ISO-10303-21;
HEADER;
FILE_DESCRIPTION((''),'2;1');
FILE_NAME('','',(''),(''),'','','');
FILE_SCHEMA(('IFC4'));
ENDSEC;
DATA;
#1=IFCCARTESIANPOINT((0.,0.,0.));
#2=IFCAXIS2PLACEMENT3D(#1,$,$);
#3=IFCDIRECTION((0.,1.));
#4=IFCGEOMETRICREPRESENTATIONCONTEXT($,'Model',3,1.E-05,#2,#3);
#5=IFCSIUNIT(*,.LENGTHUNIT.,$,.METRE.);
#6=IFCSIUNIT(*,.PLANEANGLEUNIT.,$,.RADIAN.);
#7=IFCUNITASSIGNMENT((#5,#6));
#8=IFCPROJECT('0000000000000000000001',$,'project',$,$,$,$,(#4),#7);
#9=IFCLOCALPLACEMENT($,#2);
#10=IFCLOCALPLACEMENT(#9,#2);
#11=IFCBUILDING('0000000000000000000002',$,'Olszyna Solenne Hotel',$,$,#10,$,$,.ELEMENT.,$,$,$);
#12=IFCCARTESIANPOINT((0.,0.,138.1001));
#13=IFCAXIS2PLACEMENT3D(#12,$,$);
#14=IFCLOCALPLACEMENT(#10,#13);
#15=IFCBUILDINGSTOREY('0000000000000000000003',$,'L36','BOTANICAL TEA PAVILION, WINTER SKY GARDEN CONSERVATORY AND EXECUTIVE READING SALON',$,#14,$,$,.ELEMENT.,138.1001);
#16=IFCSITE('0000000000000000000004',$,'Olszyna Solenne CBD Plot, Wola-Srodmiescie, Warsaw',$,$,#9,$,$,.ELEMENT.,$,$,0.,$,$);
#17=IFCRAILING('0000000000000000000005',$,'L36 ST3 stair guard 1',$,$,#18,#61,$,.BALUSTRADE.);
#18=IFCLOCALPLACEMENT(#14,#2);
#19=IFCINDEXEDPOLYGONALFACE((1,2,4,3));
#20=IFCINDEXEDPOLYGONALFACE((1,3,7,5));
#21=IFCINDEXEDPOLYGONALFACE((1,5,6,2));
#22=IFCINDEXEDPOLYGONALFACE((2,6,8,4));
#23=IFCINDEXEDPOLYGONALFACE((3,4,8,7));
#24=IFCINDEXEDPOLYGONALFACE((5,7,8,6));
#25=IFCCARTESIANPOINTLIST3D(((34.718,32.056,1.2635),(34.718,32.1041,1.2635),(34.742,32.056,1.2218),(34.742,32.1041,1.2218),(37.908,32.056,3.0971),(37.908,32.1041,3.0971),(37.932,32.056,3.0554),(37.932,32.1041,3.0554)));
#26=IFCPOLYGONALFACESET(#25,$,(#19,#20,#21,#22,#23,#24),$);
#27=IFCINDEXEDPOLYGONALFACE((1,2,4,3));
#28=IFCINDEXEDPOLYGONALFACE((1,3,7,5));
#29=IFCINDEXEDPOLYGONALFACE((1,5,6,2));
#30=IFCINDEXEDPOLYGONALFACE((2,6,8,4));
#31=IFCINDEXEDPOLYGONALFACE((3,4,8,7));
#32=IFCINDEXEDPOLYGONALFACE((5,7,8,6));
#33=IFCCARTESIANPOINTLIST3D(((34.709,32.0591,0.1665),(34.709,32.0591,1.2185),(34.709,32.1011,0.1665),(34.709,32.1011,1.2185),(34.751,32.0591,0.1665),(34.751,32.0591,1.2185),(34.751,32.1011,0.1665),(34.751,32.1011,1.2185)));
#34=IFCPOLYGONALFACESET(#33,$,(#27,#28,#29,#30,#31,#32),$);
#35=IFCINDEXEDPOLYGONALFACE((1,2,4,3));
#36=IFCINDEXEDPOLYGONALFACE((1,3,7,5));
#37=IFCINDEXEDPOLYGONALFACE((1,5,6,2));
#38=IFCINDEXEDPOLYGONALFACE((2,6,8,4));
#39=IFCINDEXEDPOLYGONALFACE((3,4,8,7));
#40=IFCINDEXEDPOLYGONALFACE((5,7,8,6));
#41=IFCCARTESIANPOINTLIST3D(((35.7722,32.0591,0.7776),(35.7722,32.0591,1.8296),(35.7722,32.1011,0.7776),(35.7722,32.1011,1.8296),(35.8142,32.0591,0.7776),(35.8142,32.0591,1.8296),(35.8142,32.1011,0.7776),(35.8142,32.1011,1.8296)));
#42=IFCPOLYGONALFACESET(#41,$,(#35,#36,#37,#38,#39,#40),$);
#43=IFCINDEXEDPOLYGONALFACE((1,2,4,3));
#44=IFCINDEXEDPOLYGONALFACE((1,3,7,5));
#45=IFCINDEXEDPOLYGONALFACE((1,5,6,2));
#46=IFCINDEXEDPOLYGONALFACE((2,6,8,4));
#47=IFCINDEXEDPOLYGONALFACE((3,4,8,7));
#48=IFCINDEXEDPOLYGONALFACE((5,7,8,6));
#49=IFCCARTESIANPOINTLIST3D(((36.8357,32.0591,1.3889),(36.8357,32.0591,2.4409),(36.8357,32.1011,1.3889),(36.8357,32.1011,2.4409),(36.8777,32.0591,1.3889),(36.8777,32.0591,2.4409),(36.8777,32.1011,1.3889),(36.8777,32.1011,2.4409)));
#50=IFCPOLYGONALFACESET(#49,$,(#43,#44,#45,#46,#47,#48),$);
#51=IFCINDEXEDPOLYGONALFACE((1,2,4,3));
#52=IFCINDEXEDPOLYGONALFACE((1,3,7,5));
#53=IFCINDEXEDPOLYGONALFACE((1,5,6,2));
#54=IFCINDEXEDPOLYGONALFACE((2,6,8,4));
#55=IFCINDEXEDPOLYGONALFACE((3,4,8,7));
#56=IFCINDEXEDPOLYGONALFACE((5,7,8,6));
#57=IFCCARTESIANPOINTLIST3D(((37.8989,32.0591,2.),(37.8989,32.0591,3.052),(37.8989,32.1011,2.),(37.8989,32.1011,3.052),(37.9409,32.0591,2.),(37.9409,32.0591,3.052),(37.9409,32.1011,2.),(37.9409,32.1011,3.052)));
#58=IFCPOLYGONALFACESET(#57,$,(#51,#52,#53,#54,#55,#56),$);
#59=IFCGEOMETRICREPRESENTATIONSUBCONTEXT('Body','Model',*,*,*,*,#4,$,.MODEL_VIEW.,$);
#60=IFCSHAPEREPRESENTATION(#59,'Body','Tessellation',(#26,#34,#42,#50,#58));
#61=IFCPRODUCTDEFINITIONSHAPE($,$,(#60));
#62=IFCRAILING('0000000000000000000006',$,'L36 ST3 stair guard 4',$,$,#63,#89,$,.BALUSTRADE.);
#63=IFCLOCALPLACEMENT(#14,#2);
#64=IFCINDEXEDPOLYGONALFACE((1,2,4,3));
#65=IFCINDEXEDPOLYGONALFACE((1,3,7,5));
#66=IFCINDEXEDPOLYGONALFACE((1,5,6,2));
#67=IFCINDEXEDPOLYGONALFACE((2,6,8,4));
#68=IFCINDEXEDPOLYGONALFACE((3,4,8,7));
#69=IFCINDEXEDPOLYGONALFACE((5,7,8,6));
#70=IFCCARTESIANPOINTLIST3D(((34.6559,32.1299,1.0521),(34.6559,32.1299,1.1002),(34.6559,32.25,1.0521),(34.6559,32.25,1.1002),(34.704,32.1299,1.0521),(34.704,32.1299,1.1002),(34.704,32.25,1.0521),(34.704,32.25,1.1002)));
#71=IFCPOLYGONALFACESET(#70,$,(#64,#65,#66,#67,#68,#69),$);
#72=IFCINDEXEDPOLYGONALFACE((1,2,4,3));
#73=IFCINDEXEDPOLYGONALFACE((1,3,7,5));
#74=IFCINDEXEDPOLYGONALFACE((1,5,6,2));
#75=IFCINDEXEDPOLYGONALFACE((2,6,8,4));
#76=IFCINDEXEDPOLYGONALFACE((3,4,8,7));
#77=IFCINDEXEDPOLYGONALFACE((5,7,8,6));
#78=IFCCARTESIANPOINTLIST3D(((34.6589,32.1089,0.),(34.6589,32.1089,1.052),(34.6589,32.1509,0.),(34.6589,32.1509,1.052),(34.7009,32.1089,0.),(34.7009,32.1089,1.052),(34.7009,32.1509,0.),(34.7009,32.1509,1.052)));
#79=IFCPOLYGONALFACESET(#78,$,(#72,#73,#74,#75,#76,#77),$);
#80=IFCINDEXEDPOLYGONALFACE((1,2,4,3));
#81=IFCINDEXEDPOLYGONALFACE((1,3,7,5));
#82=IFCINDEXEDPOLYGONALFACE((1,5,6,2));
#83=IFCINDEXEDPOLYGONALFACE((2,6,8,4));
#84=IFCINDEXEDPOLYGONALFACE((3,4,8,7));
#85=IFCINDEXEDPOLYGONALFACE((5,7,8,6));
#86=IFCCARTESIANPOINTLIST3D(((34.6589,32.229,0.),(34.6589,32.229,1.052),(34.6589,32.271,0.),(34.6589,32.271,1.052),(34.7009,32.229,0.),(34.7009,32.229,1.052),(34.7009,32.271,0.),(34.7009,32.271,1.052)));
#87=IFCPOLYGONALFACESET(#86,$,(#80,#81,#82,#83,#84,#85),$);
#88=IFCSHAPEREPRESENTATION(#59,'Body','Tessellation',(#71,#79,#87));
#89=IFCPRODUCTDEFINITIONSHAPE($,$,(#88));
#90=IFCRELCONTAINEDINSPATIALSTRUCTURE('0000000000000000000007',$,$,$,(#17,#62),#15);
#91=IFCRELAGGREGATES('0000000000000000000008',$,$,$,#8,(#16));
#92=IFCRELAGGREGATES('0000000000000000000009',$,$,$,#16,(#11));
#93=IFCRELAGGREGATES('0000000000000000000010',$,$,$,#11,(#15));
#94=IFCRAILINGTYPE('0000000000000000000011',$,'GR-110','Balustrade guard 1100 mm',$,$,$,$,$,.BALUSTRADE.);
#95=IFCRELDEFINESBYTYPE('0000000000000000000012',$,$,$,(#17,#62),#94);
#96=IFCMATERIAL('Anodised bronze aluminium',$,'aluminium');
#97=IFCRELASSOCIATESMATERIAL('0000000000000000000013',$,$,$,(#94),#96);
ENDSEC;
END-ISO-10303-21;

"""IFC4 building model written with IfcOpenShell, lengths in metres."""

from ifc_helpers import new_model, si_unit, direction, frame, origin, origin_2d, place, context, subcontext, project, spatial, rectangle, extrude, material, type_object, element, save


model = new_model("IFC4")

# Units and contexts
model_context = context("Model", 3, precision=1e-05, world=origin(), true_north=direction((0.0, 1.0)))
body_context = subcontext(model_context, "Body", "Model", "MODEL_VIEW")
ifc_project = project(units=[si_unit("LENGTHUNIT", "METRE"), si_unit("PLANEANGLEUNIT", "RADIAN")], contexts=[model_context])

# Site, building, storey
site_placement = place(None, origin())
site = spatial("IfcSite", under=ifc_project, at=site_placement, Name="Olszyna Solenne CBD Plot, Wola-Srodmiescie, Warsaw", CompositionType="ELEMENT", RefElevation=0.0)
building_placement = place(site_placement, origin())
building = spatial("IfcBuilding", under=site, at=building_placement, Name="Olszyna Solenne Hotel", CompositionType="ELEMENT")
storey_placement = place(building_placement, frame((0.0, 0.0, 138.1001)))
storey = spatial("IfcBuildingStorey", under=building, at=storey_placement, Name="L36", Description="BOTANICAL TEA PAVILION, WINTER SKY GARDEN CONSERVATORY AND EXECUTIVE READING SALON", CompositionType="ELEMENT", Elevation=138.1001)

# Railings
ifc_material_1 = material(Name="Anodised bronze aluminium", Category="aluminium")
railing_type = type_object("IfcRailingType", Name="GR-110", Description="Balustrade guard 1100 mm", PredefinedType="BALUSTRADE", material=ifc_material_1)
railing_1_placement = place(storey_placement, frame((34.73, 32.0801, 0.1665)))
element("IfcRailing", 1, at=railing_1_placement, inside=storey, type_object=railing_type, Name="L36 ST3 stair guard 1", PredefinedType="BALUSTRADE", context=body_context, shape_type="SweptSolid", body=[
    extrude(rectangle(XDim=0.0481, YDim=0.0481, at=origin_2d()), frame((0.0, 0.0, 1.0762), z_axis=(0.866991, 0.0, 0.498324), x_axis=(0.0, 1.0, 0.0)), (0.0, 0.0, 1.0), 3.6794),
    extrude(rectangle(XDim=0.042, YDim=0.042, at=origin_2d()), origin(), (0.0, 0.0, 1.0), 1.052),
    extrude(rectangle(XDim=0.042, YDim=0.042, at=origin_2d()), frame((1.0632, 0.0, 0.6111)), (0.0, 0.0, 1.0), 1.052),
    extrude(rectangle(XDim=0.042, YDim=0.042, at=origin_2d()), frame((2.1267, 0.0, 1.2224)), (0.0, 0.0, 1.0), 1.052),
    extrude(rectangle(XDim=0.042, YDim=0.042, at=origin_2d()), frame((3.1899, 0.0, 1.8335)), (0.0, 0.0, 1.0), 1.052),
])
railing_2_placement = place(storey_placement, frame((34.6799, 32.1299, 0.0)))
element("IfcRailing", 2, at=railing_2_placement, inside=storey, type_object=railing_type, Name="L36 ST3 stair guard 4", PredefinedType="BALUSTRADE", context=body_context, shape_type="SweptSolid", body=[
    extrude(rectangle(XDim=0.0481, YDim=0.0481, at=origin_2d()), frame((0.0, 0.0, 1.0762), z_axis=(0.0, 1.0, 0.0), x_axis=(-1.0, 0.0, 0.0)), (0.0, 0.0, 1.0), 0.1201),
    extrude(rectangle(XDim=0.042, YDim=0.042, at=origin_2d()), origin(), (0.0, 0.0, 1.0), 1.052),
    extrude(rectangle(XDim=0.042, YDim=0.042, at=origin_2d()), frame((0.0, 0.1201, 0.0)), (0.0, 0.0, 1.0), 1.052),
])

save(model, "model.ifc")
